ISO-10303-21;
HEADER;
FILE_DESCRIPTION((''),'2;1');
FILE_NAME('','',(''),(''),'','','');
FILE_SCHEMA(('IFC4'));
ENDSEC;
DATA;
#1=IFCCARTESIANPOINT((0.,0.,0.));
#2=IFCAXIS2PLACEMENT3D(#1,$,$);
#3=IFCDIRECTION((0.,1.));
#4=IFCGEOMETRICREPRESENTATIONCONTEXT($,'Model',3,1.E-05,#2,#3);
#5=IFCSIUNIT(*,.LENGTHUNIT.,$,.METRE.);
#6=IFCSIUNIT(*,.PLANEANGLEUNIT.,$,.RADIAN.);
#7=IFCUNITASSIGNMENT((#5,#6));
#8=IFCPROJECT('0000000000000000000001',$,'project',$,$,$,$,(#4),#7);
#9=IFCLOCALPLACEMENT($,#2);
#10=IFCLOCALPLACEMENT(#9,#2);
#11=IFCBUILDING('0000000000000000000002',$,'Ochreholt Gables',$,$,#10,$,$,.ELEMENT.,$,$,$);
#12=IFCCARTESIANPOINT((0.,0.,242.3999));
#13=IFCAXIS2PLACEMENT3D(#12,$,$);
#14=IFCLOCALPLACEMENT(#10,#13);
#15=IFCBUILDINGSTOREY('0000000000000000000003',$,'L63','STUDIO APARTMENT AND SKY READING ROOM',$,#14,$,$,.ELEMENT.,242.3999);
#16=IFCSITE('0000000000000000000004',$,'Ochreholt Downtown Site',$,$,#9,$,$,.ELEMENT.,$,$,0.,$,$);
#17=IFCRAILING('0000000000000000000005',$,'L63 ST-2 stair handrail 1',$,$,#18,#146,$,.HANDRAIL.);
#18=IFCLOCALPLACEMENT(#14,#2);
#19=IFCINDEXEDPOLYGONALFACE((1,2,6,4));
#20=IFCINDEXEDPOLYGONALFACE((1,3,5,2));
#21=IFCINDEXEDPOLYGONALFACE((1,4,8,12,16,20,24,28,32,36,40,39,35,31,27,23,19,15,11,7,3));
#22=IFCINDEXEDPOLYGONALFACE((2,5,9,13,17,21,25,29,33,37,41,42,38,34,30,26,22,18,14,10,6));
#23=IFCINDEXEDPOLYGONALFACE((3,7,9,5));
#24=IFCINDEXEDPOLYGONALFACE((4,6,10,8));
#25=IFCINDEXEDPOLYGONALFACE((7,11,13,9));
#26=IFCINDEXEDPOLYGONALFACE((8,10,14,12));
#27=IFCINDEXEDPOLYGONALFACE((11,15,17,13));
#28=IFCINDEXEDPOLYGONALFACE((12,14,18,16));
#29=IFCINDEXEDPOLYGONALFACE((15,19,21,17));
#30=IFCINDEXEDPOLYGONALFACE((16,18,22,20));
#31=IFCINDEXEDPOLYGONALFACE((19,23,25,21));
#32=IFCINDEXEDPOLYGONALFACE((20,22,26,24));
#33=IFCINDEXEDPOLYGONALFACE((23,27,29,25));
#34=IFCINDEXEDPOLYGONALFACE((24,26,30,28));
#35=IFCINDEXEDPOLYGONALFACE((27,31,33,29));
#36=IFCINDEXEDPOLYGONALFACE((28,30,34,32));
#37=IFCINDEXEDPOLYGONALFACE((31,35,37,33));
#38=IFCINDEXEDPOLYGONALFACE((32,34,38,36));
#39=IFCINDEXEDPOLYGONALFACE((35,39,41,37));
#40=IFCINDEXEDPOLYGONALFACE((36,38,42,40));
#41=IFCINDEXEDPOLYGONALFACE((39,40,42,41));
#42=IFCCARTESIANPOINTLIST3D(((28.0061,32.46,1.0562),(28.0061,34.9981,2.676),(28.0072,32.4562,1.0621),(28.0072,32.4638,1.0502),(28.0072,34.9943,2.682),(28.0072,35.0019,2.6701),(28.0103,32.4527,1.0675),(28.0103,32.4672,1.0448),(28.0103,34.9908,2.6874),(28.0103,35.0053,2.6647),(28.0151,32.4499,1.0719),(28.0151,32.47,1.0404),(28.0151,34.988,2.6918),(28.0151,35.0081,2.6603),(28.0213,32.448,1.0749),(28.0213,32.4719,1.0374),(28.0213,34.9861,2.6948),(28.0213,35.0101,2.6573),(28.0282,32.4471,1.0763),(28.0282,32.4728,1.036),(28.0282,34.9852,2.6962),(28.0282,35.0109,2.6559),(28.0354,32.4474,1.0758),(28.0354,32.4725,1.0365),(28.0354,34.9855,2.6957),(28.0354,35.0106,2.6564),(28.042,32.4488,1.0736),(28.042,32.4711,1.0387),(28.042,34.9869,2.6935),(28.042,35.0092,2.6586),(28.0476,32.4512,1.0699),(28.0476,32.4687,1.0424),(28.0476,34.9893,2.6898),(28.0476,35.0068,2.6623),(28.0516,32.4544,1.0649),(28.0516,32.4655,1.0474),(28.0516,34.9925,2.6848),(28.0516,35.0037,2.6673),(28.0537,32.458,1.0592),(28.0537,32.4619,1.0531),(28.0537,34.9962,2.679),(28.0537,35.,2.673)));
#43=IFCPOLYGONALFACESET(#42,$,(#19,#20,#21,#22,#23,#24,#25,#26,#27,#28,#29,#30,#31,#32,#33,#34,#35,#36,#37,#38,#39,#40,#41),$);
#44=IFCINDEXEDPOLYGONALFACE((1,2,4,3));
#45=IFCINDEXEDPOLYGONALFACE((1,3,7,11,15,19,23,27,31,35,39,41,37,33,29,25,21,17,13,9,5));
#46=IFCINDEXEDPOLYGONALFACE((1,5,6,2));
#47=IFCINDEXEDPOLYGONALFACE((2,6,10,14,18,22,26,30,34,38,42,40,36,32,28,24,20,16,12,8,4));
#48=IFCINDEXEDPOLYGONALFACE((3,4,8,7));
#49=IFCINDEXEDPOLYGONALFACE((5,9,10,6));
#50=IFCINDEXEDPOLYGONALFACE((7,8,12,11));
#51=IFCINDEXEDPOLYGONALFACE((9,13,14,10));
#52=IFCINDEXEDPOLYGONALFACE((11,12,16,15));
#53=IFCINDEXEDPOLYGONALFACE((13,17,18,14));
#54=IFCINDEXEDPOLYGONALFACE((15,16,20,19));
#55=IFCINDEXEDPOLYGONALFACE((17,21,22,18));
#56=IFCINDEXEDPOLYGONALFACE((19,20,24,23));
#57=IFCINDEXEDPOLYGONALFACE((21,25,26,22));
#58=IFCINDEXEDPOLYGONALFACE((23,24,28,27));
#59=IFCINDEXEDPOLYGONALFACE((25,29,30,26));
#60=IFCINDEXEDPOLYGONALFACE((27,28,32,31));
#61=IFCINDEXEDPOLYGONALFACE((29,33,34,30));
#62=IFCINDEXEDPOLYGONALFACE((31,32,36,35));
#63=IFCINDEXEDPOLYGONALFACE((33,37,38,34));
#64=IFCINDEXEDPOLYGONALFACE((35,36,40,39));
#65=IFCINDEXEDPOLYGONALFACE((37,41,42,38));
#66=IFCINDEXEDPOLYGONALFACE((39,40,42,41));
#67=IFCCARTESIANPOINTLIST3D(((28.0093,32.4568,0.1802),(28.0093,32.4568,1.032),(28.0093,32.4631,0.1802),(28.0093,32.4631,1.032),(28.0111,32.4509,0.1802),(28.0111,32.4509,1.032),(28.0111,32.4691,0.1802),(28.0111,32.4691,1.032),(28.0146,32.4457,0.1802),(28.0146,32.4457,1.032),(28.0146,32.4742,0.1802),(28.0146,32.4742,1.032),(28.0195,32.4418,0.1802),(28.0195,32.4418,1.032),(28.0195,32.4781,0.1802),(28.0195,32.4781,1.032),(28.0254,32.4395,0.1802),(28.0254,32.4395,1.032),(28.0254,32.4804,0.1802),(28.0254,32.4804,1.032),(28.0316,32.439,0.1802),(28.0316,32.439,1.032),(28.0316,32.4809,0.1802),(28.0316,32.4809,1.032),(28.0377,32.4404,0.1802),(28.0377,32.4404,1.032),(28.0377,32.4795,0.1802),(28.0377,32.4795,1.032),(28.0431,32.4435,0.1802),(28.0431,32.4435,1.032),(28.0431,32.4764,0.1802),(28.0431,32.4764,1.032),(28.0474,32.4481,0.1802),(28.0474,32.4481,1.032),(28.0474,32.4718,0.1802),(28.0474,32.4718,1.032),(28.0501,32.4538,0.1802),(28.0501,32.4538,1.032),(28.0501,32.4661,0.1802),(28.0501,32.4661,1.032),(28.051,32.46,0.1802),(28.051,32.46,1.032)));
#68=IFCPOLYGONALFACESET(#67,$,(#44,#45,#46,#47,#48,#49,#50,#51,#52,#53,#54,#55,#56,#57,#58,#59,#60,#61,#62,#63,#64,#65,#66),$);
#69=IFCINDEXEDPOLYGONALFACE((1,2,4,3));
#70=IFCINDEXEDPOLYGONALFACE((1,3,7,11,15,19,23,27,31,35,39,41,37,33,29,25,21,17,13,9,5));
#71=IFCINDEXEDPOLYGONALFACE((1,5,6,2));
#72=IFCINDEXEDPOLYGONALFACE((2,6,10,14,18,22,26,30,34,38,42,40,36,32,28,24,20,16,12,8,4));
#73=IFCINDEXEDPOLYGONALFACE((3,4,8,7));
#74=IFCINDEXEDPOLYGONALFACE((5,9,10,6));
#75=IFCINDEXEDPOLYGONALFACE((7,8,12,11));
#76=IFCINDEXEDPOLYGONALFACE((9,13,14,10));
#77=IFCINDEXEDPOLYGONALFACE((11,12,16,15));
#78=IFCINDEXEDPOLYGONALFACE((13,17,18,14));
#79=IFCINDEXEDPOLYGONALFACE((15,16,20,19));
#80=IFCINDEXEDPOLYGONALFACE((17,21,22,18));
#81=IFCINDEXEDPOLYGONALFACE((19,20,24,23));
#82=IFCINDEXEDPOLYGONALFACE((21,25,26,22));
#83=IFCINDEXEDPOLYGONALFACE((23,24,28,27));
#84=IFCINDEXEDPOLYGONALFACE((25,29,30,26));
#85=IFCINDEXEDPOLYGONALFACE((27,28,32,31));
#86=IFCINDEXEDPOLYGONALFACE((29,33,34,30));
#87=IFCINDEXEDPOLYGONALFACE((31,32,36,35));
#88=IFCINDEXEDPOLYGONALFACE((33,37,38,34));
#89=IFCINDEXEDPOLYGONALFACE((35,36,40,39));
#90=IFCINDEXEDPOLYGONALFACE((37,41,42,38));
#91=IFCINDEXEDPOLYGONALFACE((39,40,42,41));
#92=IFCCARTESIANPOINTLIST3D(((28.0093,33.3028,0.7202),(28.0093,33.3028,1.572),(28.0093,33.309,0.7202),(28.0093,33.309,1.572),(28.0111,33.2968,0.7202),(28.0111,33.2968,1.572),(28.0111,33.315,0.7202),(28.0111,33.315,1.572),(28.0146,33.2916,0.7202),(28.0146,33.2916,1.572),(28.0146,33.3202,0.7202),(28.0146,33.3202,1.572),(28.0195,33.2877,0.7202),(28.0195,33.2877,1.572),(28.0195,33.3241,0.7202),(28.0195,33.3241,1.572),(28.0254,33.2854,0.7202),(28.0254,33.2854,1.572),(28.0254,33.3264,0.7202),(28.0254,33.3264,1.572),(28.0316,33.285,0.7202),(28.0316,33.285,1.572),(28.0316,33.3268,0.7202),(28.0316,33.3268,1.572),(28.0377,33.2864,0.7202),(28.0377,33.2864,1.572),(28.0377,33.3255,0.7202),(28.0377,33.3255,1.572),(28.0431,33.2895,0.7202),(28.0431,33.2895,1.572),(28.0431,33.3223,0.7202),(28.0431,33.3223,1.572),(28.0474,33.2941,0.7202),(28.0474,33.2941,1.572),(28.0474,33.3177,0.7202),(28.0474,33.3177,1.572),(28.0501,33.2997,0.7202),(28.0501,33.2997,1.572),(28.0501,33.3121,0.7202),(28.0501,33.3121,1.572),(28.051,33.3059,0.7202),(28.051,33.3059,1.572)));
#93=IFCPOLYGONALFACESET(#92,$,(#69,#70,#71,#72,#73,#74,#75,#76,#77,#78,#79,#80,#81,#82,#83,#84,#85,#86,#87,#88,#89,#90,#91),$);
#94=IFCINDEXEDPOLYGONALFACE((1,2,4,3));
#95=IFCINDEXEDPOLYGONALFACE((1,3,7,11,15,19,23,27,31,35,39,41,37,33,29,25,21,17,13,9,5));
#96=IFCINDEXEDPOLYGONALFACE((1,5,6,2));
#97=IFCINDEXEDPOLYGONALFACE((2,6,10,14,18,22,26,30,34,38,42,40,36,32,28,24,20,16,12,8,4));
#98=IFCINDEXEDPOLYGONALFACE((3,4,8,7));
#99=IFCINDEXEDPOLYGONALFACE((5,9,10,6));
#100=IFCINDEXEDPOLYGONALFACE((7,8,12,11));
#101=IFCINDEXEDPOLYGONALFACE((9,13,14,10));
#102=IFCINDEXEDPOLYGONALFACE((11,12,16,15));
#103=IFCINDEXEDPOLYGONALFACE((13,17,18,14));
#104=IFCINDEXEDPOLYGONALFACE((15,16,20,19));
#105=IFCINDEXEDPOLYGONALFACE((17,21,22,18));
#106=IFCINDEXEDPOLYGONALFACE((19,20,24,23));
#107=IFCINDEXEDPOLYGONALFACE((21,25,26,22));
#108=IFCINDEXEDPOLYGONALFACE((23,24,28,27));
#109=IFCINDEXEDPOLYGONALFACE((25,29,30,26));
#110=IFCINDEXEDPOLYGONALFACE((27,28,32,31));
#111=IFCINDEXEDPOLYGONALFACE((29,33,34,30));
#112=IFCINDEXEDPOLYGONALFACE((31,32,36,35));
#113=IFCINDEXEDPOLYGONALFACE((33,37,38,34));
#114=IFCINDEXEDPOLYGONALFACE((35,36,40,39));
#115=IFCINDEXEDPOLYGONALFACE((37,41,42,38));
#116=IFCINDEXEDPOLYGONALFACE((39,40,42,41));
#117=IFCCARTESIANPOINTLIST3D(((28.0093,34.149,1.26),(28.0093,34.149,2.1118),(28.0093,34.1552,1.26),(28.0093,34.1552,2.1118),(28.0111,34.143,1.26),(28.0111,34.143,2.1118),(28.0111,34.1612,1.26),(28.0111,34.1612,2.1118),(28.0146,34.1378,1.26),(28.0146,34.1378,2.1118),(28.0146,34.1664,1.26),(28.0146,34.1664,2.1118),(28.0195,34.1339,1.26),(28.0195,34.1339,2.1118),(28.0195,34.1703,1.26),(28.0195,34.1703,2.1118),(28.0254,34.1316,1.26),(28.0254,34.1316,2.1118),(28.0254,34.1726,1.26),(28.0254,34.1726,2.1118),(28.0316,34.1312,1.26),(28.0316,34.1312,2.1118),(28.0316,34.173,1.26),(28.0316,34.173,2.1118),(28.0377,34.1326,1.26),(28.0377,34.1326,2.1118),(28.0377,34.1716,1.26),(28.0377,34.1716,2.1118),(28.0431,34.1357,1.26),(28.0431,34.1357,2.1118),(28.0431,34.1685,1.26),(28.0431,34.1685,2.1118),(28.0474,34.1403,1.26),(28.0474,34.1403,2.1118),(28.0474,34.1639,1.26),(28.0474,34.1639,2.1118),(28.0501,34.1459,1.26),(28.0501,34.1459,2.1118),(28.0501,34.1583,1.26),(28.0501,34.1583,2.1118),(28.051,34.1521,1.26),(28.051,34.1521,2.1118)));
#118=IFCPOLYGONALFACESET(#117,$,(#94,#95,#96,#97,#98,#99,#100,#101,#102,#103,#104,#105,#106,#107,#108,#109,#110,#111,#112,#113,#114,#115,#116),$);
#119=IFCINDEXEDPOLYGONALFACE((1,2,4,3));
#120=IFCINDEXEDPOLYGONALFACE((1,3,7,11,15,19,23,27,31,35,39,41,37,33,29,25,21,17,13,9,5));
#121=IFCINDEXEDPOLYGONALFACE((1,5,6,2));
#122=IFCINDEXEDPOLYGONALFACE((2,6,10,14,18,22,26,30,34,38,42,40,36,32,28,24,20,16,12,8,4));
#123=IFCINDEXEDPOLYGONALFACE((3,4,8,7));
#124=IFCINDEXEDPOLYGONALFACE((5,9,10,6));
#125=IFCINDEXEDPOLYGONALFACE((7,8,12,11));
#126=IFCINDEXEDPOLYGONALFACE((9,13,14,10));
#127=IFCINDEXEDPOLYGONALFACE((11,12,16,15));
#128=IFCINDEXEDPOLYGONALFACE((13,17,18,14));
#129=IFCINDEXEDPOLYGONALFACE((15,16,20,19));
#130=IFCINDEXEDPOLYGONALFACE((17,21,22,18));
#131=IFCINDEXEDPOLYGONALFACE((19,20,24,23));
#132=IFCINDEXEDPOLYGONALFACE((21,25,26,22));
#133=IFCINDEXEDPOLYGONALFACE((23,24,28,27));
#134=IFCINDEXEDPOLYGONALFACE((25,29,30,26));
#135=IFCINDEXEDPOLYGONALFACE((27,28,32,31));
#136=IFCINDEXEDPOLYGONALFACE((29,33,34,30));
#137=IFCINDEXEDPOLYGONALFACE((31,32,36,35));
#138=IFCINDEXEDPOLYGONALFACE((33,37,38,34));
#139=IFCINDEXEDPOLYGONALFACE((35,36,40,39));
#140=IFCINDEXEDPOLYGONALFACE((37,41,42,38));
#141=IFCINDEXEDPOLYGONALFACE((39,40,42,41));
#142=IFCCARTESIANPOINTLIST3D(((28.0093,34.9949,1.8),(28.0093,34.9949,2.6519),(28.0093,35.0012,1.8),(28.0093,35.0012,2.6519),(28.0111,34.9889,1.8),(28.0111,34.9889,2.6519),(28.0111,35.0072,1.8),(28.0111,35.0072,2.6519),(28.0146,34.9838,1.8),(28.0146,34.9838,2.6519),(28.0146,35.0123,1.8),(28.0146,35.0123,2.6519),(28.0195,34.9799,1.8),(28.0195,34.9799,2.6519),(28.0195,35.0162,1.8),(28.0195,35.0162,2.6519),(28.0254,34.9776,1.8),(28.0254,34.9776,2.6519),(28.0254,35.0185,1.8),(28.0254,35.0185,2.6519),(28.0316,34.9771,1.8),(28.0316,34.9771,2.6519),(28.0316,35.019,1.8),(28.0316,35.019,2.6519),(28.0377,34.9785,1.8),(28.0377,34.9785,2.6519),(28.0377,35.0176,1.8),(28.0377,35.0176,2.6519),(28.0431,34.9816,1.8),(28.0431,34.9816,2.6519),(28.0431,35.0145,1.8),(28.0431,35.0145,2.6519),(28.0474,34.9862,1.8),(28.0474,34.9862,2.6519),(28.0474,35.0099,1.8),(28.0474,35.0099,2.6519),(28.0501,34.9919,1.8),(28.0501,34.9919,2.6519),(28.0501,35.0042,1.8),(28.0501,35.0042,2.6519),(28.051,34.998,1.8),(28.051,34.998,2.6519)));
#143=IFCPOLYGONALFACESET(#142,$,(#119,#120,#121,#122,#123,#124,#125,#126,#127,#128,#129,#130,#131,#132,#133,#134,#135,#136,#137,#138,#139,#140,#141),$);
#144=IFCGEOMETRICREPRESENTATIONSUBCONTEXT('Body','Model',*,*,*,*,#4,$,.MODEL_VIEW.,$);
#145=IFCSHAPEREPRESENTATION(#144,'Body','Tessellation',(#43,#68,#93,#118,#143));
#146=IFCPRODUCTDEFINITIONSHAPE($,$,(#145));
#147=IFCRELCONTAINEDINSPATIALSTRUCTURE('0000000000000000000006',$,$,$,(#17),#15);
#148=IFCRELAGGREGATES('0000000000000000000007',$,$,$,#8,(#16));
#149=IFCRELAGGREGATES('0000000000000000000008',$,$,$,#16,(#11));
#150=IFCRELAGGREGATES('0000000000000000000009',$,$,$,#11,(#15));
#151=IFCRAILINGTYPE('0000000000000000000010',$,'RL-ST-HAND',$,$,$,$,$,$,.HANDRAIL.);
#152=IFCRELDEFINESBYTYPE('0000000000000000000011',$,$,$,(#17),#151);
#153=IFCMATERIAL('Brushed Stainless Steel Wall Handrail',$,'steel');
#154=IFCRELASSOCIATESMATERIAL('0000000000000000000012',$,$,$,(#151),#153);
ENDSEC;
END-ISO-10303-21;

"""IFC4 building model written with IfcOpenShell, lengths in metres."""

from ifc_helpers import new_model, si_unit, direction, frame, origin, origin_2d, place, context, subcontext, project, spatial, circle, extrude, material, type_object, element, save


model = new_model("IFC4")

# Units and contexts
model_context = context("Model", 3, precision=1e-05, world=origin(), true_north=direction((0.0, 1.0)))
body_context = subcontext(model_context, "Body", "Model", "MODEL_VIEW")
ifc_project = project(units=[si_unit("LENGTHUNIT", "METRE"), si_unit("PLANEANGLEUNIT", "RADIAN")], contexts=[model_context])

# Site, building, storey
site_placement = place(None, origin())
site = spatial("IfcSite", under=ifc_project, at=site_placement, Name="Ochreholt Downtown Site", CompositionType="ELEMENT", RefElevation=0.0)
building_placement = place(site_placement, origin())
building = spatial("IfcBuilding", under=site, at=building_placement, Name="Ochreholt Gables", CompositionType="ELEMENT")
storey_placement = place(building_placement, frame((0.0, 0.0, 242.3999)))
storey = spatial("IfcBuildingStorey", under=building, at=storey_placement, Name="L63", Description="STUDIO APARTMENT AND SKY READING ROOM", CompositionType="ELEMENT", Elevation=242.3999)

# Railing
ifc_material_1 = material(Name="Brushed Stainless Steel Wall Handrail", Category="steel")
railing_type_1 = type_object("IfcRailingType", Name="RL-ST-HAND", PredefinedType="HANDRAIL", material=ifc_material_1)
railing_1_placement = place(storey_placement, frame((28.03, 32.46, 0.1802)))
element("IfcRailing", 1, at=railing_1_placement, inside=storey, type_object=railing_type_1, Name="L63 ST-2 stair handrail 1", PredefinedType="HANDRAIL", context=body_context, shape_type="SweptSolid", body=[
    extrude(circle(Radius=0.0239, at=origin_2d()), frame((0.0, 0.0, 0.876), z_axis=(0.0, 0.84295, 0.537993), x_axis=(-1.0, 0.0, 0.0)), (0.0, 0.0, 1.0), 3.011),
    extrude(circle(Radius=0.021, at=origin_2d()), origin(), (0.0, 0.0, 1.0), 0.8518),
    extrude(circle(Radius=0.021, at=origin_2d()), frame((0.0, 0.8459, 0.54)), (0.0, 0.0, 1.0), 0.8518),
    extrude(circle(Radius=0.021, at=origin_2d()), frame((0.0, 1.6921, 1.0798)), (0.0, 0.0, 1.0), 0.8518),
    extrude(circle(Radius=0.021, at=origin_2d()), frame((0.0, 2.5381, 1.6199)), (0.0, 0.0, 1.0), 0.8518),
])

save(model, "model.ifc")
